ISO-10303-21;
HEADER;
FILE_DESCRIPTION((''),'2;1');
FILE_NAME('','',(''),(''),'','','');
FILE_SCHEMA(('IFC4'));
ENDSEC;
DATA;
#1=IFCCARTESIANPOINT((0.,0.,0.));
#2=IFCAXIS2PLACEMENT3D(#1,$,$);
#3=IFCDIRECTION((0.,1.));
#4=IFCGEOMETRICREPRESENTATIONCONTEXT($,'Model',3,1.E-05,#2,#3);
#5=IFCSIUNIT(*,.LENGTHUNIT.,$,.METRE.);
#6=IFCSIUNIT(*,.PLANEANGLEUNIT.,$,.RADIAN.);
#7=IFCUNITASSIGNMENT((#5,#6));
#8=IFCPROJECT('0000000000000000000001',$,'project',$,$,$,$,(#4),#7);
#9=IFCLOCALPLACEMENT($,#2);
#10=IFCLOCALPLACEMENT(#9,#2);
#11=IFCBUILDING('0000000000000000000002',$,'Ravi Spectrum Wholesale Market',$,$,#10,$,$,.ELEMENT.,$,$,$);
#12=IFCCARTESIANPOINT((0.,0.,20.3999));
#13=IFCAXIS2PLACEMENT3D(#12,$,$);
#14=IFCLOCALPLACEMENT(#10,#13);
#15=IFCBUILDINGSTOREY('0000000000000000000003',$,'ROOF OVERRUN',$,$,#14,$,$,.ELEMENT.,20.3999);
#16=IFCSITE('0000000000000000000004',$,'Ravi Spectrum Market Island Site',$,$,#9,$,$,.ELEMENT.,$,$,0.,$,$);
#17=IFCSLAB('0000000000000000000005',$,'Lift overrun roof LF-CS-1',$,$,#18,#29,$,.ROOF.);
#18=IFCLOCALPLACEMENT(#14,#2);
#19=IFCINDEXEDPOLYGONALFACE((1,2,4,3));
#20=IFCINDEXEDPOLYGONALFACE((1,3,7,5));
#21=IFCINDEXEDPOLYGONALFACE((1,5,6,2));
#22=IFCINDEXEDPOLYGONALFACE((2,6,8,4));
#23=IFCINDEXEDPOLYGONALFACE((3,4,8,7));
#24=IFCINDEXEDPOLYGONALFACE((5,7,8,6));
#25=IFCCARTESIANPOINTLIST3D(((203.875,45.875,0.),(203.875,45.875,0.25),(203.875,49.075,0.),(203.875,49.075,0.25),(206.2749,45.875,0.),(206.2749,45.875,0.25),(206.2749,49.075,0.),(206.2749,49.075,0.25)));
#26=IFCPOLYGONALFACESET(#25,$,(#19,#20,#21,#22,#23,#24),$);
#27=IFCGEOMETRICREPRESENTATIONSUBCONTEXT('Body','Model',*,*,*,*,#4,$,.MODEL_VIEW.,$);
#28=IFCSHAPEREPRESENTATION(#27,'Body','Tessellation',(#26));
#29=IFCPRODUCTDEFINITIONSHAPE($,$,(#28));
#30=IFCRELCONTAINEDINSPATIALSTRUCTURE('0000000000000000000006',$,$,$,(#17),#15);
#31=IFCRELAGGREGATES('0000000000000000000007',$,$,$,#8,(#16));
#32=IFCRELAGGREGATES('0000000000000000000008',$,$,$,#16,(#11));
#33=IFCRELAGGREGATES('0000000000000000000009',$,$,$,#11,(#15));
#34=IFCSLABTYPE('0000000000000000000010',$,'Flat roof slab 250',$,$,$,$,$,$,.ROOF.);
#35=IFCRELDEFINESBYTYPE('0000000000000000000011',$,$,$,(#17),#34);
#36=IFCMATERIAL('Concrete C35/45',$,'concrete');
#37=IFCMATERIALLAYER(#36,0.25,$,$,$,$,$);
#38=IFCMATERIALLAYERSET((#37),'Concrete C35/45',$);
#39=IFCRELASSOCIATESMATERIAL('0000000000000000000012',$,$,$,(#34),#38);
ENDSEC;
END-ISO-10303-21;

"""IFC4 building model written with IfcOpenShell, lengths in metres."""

from ifc_helpers import new_model, si_unit, direction, frame, origin, place, context, subcontext, project, spatial, polyline, outline, extrude, material, layer, layer_set, type_object, element, save


model = new_model("IFC4")

# Units and contexts
model_context = context("Model", 3, precision=1e-05, world=origin(), true_north=direction((0.0, 1.0)))
body_context = subcontext(model_context, "Body", "Model", "MODEL_VIEW")
ifc_project = project(units=[si_unit("LENGTHUNIT", "METRE"), si_unit("PLANEANGLEUNIT", "RADIAN")], contexts=[model_context])

# Site, building, storey
site_placement = place(None, origin())
site = spatial("IfcSite", under=ifc_project, at=site_placement, Name="Ravi Spectrum Market Island Site", CompositionType="ELEMENT", RefElevation=0.0)
building_placement = place(site_placement, origin())
building = spatial("IfcBuilding", under=site, at=building_placement, Name="Ravi Spectrum Wholesale Market", CompositionType="ELEMENT")
storey_placement = place(building_placement, frame((0.0, 0.0, 20.3999)))
storey = spatial("IfcBuildingStorey", under=building, at=storey_placement, Name="ROOF OVERRUN", CompositionType="ELEMENT", Elevation=20.3999)

# Slab
ifc_material = material(Name="Concrete C35/45", Category="concrete")
ifc_layer = layer(ifc_material, 0.25)
ifc_layer_set = layer_set([ifc_layer], Name="Concrete C35/45")
slab_type = type_object("IfcSlabType", Name="Flat roof slab 250", PredefinedType="ROOF", material=ifc_layer_set)
slab_placement = place(storey_placement, origin())
element("IfcSlab", 1, at=slab_placement, inside=storey, type_object=slab_type, Name="Lift overrun roof LF-CS-1", PredefinedType="ROOF", context=body_context, shape_type="SweptSolid", body=[
    extrude(outline(polyline([(206.2749, 45.875), (206.2749, 49.075), (203.875, 49.075), (203.875, 45.875), (206.2749, 45.875)])), origin(), (0.0, 0.0, 1.0), 0.25),
])

save(model, "model.ifc")
